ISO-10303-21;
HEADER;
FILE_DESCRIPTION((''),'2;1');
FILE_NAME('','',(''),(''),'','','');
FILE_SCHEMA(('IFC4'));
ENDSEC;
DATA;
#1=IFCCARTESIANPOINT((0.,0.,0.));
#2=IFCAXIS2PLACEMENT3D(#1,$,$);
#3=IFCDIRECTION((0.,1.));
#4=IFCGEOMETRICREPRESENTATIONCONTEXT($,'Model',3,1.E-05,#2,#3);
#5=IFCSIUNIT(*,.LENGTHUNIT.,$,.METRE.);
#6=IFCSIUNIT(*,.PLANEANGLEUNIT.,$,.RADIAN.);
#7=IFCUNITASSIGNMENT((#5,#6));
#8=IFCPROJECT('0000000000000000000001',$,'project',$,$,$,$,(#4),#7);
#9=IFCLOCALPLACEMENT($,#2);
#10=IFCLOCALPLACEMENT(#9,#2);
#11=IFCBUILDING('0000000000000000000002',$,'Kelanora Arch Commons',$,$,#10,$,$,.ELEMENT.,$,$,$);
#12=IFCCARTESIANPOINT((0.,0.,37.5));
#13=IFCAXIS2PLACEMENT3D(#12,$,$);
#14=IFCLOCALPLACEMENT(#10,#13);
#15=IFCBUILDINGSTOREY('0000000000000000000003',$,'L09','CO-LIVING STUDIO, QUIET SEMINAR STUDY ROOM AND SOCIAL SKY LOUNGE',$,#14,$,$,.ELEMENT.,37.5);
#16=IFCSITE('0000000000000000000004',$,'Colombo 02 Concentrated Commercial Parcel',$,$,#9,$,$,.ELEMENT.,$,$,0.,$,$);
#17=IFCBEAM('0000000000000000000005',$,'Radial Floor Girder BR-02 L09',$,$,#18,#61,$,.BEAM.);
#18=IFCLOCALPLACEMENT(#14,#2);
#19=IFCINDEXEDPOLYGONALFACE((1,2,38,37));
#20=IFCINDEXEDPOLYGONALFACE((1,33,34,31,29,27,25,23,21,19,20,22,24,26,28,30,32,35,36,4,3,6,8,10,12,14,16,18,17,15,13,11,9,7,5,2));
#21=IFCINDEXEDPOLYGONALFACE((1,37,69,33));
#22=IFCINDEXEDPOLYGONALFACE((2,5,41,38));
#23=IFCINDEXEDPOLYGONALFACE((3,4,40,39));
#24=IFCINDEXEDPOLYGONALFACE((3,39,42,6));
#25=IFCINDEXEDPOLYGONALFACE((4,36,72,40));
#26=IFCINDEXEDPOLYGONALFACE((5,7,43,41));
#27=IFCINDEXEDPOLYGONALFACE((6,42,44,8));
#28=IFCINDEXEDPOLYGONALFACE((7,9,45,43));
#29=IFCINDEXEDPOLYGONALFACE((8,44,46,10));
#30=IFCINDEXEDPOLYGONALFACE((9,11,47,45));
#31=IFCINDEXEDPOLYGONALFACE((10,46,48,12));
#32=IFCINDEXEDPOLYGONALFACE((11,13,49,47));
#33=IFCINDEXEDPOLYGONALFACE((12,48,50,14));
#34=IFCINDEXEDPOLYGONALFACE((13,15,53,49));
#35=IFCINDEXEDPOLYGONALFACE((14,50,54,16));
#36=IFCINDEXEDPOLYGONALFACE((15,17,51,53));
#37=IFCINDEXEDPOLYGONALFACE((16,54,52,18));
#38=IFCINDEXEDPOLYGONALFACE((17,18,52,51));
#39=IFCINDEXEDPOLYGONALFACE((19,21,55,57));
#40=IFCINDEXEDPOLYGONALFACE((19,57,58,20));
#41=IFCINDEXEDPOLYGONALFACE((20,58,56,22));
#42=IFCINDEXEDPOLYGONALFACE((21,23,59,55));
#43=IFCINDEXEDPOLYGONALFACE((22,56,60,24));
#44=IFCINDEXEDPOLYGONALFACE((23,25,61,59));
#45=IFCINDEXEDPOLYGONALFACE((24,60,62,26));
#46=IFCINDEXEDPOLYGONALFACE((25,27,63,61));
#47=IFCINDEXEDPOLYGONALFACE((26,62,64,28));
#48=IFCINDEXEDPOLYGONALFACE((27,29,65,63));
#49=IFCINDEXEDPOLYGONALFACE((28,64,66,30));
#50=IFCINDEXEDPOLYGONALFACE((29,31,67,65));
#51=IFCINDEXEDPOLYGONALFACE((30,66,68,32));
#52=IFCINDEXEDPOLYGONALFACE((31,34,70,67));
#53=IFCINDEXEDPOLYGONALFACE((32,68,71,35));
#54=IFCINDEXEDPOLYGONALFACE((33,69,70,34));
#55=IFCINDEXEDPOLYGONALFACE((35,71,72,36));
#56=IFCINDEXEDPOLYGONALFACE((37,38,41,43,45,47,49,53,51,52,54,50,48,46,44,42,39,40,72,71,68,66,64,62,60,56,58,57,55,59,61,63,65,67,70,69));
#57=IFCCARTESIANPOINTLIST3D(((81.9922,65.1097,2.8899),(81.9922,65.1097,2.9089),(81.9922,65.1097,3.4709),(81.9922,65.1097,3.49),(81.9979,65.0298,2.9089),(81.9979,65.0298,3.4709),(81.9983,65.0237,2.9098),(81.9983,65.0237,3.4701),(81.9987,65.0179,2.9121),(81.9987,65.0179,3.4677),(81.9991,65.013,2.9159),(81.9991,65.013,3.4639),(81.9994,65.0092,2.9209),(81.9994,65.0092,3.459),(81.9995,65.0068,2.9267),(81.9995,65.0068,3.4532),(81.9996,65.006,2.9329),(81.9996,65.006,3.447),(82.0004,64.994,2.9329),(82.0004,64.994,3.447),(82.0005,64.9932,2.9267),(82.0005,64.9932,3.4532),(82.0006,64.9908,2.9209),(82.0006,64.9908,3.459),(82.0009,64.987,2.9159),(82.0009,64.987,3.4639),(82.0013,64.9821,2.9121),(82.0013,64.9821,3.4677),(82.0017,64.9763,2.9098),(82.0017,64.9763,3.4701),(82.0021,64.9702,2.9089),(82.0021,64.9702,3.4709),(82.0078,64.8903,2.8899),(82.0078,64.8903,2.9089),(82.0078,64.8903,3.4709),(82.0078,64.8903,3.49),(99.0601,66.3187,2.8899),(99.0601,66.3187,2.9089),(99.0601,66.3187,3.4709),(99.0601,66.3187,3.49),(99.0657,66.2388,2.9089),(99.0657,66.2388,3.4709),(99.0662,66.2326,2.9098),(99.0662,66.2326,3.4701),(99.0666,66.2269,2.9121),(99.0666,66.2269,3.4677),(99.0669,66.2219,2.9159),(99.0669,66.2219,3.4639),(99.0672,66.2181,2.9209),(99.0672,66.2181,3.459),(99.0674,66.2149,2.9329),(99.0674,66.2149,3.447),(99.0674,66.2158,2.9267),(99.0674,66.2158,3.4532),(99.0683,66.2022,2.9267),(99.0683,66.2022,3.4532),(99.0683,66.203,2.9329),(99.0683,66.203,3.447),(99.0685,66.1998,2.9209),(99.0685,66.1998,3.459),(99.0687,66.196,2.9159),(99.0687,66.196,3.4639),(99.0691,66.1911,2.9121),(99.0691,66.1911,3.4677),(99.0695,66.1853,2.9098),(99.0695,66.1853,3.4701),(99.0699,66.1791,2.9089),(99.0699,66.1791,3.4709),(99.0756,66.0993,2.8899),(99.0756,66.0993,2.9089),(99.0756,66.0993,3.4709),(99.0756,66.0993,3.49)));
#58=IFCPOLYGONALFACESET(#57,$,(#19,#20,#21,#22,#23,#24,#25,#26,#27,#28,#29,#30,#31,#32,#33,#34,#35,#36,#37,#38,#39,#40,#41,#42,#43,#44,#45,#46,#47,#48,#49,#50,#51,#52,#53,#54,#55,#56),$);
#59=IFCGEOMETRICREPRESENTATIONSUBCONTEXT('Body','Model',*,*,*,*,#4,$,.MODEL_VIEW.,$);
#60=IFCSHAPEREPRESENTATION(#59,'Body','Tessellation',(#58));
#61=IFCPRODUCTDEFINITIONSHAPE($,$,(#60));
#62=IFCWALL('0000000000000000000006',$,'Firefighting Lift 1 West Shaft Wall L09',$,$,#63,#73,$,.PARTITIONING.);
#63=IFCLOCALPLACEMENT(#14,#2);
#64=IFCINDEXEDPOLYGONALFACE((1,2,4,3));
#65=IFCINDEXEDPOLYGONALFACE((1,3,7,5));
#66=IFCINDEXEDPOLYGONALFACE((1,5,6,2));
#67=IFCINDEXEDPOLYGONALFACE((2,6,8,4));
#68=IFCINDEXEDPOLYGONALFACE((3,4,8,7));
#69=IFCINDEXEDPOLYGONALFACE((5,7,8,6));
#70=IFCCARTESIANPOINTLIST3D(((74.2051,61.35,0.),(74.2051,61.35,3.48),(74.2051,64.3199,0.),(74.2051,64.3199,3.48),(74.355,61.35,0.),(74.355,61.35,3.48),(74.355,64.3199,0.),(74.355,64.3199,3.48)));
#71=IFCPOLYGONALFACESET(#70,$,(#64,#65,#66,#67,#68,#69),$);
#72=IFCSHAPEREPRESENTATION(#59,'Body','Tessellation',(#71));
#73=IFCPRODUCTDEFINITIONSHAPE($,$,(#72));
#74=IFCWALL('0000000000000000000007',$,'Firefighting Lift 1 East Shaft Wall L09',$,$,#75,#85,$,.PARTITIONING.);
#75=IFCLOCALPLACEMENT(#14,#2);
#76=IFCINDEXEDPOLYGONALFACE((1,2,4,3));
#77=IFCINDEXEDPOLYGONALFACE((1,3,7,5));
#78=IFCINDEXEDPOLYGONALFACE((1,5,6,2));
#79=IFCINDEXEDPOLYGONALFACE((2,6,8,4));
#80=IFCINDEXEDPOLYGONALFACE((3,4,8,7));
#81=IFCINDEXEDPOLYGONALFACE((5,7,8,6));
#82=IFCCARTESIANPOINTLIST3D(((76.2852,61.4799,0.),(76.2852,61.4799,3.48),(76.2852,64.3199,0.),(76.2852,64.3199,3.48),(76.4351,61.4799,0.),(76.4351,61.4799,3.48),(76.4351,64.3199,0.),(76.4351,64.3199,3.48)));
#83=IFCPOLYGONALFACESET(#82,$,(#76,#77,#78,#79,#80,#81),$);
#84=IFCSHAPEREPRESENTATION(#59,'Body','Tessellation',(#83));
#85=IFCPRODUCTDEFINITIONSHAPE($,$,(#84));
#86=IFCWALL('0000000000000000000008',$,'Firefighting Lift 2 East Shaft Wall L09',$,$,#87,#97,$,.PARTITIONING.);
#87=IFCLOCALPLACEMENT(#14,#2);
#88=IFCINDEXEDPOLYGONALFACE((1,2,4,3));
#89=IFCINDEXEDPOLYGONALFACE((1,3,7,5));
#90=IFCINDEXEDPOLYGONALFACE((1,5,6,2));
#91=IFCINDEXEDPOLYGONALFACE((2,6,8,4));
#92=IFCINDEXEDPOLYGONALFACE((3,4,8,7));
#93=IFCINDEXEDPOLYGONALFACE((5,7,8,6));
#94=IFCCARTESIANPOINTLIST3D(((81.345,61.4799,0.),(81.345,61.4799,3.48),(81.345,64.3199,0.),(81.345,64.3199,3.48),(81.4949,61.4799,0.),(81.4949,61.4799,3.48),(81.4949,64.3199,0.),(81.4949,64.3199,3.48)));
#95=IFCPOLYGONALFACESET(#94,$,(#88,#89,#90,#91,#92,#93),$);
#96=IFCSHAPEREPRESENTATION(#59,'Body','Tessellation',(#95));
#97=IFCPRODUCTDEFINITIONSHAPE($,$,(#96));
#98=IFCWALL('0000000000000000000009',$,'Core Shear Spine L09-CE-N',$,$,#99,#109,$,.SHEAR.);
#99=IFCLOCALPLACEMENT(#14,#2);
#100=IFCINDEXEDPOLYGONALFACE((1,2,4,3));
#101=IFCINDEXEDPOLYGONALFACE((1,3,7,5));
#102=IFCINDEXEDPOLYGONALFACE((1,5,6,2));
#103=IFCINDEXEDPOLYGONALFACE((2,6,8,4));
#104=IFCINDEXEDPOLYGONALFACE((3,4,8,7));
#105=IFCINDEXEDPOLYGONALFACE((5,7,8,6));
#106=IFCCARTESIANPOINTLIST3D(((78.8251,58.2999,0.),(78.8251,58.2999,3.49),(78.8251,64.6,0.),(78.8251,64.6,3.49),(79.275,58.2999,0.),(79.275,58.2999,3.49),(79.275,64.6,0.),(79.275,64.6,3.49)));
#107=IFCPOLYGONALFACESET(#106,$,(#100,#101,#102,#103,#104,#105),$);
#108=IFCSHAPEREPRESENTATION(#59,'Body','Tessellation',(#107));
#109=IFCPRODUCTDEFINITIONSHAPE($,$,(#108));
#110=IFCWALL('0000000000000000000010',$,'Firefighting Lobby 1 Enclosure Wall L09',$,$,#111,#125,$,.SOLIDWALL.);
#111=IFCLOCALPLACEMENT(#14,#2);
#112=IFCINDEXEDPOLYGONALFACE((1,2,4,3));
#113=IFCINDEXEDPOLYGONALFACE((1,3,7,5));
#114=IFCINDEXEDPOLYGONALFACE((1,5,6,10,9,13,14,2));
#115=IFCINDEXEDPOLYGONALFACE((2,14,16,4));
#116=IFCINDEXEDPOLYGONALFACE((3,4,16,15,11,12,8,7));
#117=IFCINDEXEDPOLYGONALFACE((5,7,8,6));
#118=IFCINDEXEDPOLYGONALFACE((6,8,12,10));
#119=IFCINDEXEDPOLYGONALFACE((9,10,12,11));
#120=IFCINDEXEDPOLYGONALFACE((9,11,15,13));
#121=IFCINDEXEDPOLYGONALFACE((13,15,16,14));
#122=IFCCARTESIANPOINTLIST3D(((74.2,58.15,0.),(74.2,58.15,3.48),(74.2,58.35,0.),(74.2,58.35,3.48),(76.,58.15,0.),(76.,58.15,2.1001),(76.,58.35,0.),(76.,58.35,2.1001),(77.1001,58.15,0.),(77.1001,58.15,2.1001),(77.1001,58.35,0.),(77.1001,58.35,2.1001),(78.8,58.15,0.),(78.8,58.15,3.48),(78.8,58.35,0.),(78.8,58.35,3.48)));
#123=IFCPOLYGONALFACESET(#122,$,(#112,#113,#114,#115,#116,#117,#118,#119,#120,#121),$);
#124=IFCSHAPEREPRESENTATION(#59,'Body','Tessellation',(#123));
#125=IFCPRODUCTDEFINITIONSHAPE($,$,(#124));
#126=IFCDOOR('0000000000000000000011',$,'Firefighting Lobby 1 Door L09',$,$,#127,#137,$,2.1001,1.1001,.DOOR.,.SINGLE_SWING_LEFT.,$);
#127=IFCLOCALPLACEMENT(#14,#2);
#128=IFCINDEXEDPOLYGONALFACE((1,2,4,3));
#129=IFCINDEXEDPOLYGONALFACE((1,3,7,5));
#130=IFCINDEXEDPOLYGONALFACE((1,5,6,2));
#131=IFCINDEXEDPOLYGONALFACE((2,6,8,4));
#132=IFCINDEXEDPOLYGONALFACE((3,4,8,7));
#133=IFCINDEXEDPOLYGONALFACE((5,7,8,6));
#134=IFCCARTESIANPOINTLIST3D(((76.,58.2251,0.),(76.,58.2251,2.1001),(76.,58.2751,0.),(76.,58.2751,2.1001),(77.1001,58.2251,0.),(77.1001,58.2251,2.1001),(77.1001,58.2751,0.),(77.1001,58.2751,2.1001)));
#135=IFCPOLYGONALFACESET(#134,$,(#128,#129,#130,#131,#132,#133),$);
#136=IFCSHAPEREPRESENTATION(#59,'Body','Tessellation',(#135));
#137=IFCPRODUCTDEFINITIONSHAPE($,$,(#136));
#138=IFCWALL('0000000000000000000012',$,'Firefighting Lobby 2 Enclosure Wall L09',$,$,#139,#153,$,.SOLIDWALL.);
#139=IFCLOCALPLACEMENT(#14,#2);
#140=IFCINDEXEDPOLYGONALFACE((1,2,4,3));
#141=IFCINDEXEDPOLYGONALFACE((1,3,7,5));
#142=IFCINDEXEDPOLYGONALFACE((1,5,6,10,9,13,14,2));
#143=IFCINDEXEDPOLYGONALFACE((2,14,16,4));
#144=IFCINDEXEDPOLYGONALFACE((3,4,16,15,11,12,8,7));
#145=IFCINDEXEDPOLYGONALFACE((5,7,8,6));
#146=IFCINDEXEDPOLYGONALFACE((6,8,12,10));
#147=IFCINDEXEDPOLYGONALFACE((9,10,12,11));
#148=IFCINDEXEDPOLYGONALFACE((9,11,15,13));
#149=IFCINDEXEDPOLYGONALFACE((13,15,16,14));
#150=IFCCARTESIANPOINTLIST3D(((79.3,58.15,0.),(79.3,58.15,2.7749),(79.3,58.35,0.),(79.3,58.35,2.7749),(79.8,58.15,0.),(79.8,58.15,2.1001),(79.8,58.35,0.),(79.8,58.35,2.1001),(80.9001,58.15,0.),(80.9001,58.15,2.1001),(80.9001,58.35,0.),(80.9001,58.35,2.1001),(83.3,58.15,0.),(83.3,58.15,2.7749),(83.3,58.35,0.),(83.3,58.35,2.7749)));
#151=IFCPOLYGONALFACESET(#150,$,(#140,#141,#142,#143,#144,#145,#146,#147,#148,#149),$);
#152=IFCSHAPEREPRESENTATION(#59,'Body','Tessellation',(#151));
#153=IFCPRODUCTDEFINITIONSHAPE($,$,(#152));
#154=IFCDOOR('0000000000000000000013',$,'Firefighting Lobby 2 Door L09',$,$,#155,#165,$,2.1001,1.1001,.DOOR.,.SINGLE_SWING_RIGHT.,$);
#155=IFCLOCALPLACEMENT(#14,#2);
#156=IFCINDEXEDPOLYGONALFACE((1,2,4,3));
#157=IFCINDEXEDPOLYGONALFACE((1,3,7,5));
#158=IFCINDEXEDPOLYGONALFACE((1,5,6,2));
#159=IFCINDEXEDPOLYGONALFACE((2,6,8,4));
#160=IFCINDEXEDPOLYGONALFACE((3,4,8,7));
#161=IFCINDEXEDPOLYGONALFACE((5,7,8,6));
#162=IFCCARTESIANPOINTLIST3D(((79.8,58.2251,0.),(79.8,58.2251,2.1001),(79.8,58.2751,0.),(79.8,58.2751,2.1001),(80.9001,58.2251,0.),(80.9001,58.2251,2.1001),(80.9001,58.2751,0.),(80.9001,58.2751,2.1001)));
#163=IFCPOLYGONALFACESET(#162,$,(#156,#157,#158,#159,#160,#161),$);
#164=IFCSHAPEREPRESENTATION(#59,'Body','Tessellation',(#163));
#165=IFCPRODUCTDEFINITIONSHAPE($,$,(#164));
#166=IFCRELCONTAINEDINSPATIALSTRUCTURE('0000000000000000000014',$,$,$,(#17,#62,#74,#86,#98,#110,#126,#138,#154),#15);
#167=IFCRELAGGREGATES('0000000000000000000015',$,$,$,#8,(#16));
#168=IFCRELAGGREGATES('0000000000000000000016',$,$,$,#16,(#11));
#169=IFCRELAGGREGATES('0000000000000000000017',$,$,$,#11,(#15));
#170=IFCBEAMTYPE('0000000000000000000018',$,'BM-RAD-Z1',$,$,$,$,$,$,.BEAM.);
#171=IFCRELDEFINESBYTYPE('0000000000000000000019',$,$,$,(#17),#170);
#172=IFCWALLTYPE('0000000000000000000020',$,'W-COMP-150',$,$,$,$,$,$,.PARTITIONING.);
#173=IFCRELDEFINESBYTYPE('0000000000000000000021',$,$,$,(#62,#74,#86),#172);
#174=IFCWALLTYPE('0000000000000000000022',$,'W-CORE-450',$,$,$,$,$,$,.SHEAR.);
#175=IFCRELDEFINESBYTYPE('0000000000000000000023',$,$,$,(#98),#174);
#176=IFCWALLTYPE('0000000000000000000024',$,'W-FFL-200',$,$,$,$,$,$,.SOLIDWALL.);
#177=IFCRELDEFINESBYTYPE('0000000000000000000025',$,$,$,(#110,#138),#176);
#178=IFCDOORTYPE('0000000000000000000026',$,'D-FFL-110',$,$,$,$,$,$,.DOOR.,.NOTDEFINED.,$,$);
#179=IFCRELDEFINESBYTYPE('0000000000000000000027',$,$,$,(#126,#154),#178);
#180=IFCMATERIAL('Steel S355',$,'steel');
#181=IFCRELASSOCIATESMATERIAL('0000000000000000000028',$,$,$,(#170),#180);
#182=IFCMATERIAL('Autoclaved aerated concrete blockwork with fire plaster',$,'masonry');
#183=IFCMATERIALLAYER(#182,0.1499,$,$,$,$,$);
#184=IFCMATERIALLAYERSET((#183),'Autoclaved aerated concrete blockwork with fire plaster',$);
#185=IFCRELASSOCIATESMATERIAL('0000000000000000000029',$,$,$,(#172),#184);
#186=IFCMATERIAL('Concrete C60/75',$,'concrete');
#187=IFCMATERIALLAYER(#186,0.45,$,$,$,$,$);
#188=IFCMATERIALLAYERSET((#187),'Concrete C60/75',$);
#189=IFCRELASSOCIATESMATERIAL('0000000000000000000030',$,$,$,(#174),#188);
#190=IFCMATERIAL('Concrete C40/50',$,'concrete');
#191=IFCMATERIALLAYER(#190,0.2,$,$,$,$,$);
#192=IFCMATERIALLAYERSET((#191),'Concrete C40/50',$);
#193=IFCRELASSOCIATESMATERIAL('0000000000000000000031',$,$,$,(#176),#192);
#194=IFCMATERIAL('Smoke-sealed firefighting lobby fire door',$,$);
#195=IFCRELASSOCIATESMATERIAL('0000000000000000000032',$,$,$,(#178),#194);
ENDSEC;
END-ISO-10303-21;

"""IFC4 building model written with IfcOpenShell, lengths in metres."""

from ifc_helpers import new_model, si_unit, direction, frame, frame_2d, origin, origin_2d, place, context, subcontext, project, spatial, rectangle, i_section, extrude, material, layer, layer_set, material_profile, profile_set, type_object, element, fill, save


model = new_model("IFC4")

# Units and contexts
model_context = context("Model", 3, precision=1e-05, world=origin(), true_north=direction((0.0, 1.0)))
body_context = subcontext(model_context, "Body", "Model", "MODEL_VIEW")
ifc_project = project(units=[si_unit("LENGTHUNIT", "METRE"), si_unit("PLANEANGLEUNIT", "RADIAN")], contexts=[model_context])

# Site, building, storey
site_placement = place(None, origin())
site = spatial("IfcSite", under=ifc_project, at=site_placement, Name="Colombo 02 Concentrated Commercial Parcel", CompositionType="ELEMENT", RefElevation=0.0)
building_placement = place(site_placement, origin())
building = spatial("IfcBuilding", under=site, at=building_placement, Name="Kelanora Arch Commons", CompositionType="ELEMENT")
storey_placement = place(building_placement, frame((0.0, 0.0, 37.5)))
storey = spatial("IfcBuildingStorey", under=building, at=storey_placement, Name="L09", Description="CO-LIVING STUDIO, QUIET SEMINAR STUDY ROOM AND SOCIAL SKY LOUNGE", CompositionType="ELEMENT", Elevation=37.5)

# Shared definitions
ifc_material_1 = material(Name="Concrete C60/75", Category="concrete")

# Beam
ifc_material_2 = material(Name="Steel S355", Category="steel")
ifc_material_profile_1 = material_profile(ifc_material_2, i_section(OverallWidth=0.22, OverallDepth=0.6001, WebThickness=0.012, FlangeThickness=0.019, FilletRadius=0.0239, at=origin_2d()), Name="IPE600")
ifc_profile_set_1 = profile_set([ifc_material_profile_1], Name="Steel S355")
beam_type_1 = type_object("IfcBeamType", Name="BM-RAD-Z1", PredefinedType="BEAM", material=ifc_profile_set_1)
beam_1_placement = place(storey_placement, frame((82.0, 65.0, 3.1899), z_axis=(0.997501, 0.070657, 0.0), x_axis=(-0.070657, 0.997501, 0.0)))
element("IfcBeam", 1, at=beam_1_placement, inside=storey, type_object=beam_type_1, Name="Radial Floor Girder BR-02 L09", PredefinedType="BEAM", context=body_context, shape_type="SweptSolid", body=[
    extrude(i_section(OverallWidth=0.22, OverallDepth=0.6001, WebThickness=0.012, FlangeThickness=0.019, FilletRadius=0.0239, at=origin_2d()), origin(), (0.0, 0.0, 1.0), 17.1106),
])

# Walls
ifc_material_3 = material(Name="Autoclaved aerated concrete blockwork with fire plaster", Category="masonry")
ifc_layer_1 = layer(ifc_material_3, 0.1499)
ifc_layer_set_1 = layer_set([ifc_layer_1], Name="Autoclaved aerated concrete blockwork with fire plaster")
wall_type_1 = type_object("IfcWallType", Name="W-COMP-150", PredefinedType="PARTITIONING", material=ifc_layer_set_1)
wall_1_placement = place(storey_placement, frame((74.28, 61.3501, 0.0), z_axis=(0.0, 0.0, 1.0), x_axis=(0.0, 1.0, 0.0)))
element("IfcWall", 2, at=wall_1_placement, inside=storey, type_object=wall_type_1, Name="Firefighting Lift 1 West Shaft Wall L09", PredefinedType="PARTITIONING", context=body_context, shape_type="SweptSolid", body=[
    extrude(rectangle(XDim=2.97, YDim=0.1499, at=frame_2d((1.4849, 0.0))), origin(), (0.0, 0.0, 1.0), 3.48),
])
for number, where, z_axis, x_axis, name in (
    (3, (76.3601, 61.48, 0.0), (0.0, 0.0, 1.0), (0.0, 1.0, 0.0), "Firefighting Lift 1 East Shaft Wall L09"),
    (4, (81.4199, 61.48, 0.0), (0.0, 0.0, 1.0), (0.0, 1.0, 0.0), "Firefighting Lift 2 East Shaft Wall L09"),
):
    element("IfcWall", number, at=place(storey_placement, frame(where, z_axis=z_axis, x_axis=x_axis)), inside=storey, type_object=wall_type_1, Name=name, PredefinedType="PARTITIONING", context=body_context, shape_type="SweptSolid", body=[
        extrude(rectangle(XDim=2.8401, YDim=0.1499, at=frame_2d((1.4199, 0.0))), origin(), (0.0, 0.0, 1.0), 3.48),
    ])
ifc_layer_2 = layer(ifc_material_1, 0.45)
ifc_layer_set_2 = layer_set([ifc_layer_2], Name="Concrete C60/75")
wall_type_2 = type_object("IfcWallType", Name="W-CORE-450", PredefinedType="SHEAR", material=ifc_layer_set_2)
wall_2_placement = place(storey_placement, frame((79.05, 58.3, 0.0), z_axis=(0.0, 0.0, 1.0), x_axis=(0.0, 1.0, 0.0)))
element("IfcWall", 5, at=wall_2_placement, inside=storey, type_object=wall_type_2, Name="Core Shear Spine L09-CE-N", PredefinedType="SHEAR", context=body_context, shape_type="SweptSolid", body=[
    extrude(rectangle(XDim=6.3, YDim=0.45, at=frame_2d((3.1499, 0.0))), origin(), (0.0, 0.0, 1.0), 3.49),
])

# Walls, openings, doors
ifc_material_4 = material(Name="Concrete C40/50", Category="concrete")
ifc_layer_3 = layer(ifc_material_4, 0.2)
ifc_layer_set_3 = layer_set([ifc_layer_3], Name="Concrete C40/50")
wall_type_3 = type_object("IfcWallType", Name="W-FFL-200", PredefinedType="SOLIDWALL", material=ifc_layer_set_3)
wall_3_placement = place(storey_placement, frame((74.2, 58.25, 0.0), z_axis=(0.0, 0.0, 1.0), x_axis=(1.0, 0.0, 0.0)))
wall_3 = element("IfcWall", 6, at=wall_3_placement, inside=storey, type_object=wall_type_3, Name="Firefighting Lobby 1 Enclosure Wall L09", PredefinedType="SOLIDWALL", context=body_context, shape_type="SweptSolid", body=[
    extrude(rectangle(XDim=4.6001, YDim=0.2, at=frame_2d((2.3, 0.0))), origin(), (0.0, 0.0, 1.0), 3.48),
])
opening_1_placement = place(wall_3_placement, frame((1.8, 0.0, 0.0)))
opening_1 = element("IfcOpeningElement", 7, at=opening_1_placement, cuts=wall_3, PredefinedType="OPENING", context=body_context, shape_type="SweptSolid", body=[
    extrude(rectangle(XDim=1.1001, YDim=2.1001, at=frame_2d((0.55, 1.05))), frame((0.0, 0.1099, 0.0), z_axis=(0.0, -1.0, 0.0), x_axis=(1.0, 0.0, 0.0)), (0.0, 0.0, 1.0), 0.22),
])
ifc_material_5 = material(Name="Smoke-sealed firefighting lobby fire door")
door_type_1 = type_object("IfcDoorType", Name="D-FFL-110", OperationType="NOTDEFINED", PredefinedType="DOOR", material=ifc_material_5)
door_1_placement = place(opening_1_placement, frame((1.1001, 0.0, 0.0), z_axis=(0.0, 0.0, 1.0), x_axis=(-1.0, 0.0, 0.0)))
door_1 = element("IfcDoor", 8, at=door_1_placement, inside=storey, type_object=door_type_1, Name="Firefighting Lobby 1 Door L09", OperationType="SINGLE_SWING_LEFT", OverallHeight=2.1001, OverallWidth=1.1001, PredefinedType="DOOR", context=body_context, shape_type="SweptSolid", body=[
    extrude(rectangle(XDim=1.1001, YDim=2.1001, at=frame_2d((0.55, 1.05))), frame((0.0, 0.0249, 0.0), z_axis=(0.0, -1.0, 0.0), x_axis=(1.0, 0.0, 0.0)), (0.0, 0.0, 1.0), 0.05),
])
fill(opening_1, door_1)
wall_4_placement = place(storey_placement, frame((79.3, 58.25, 0.0), z_axis=(0.0, 0.0, 1.0), x_axis=(1.0, 0.0, 0.0)))
wall_4 = element("IfcWall", 9, at=wall_4_placement, inside=storey, type_object=wall_type_3, Name="Firefighting Lobby 2 Enclosure Wall L09", PredefinedType="SOLIDWALL", context=body_context, shape_type="SweptSolid", body=[
    extrude(rectangle(XDim=4.0, YDim=0.2, at=frame_2d((2.0, 0.0))), origin(), (0.0, 0.0, 1.0), 2.7749),
])
opening_2_placement = place(wall_4_placement, frame((0.5, 0.0, 0.0)))
opening_2 = element("IfcOpeningElement", 10, at=opening_2_placement, cuts=wall_4, PredefinedType="OPENING", context=body_context, shape_type="SweptSolid", body=[
    extrude(rectangle(XDim=1.1001, YDim=2.1001, at=frame_2d((0.55, 1.05))), frame((0.0, 0.1099, 0.0), z_axis=(0.0, -1.0, 0.0), x_axis=(1.0, 0.0, 0.0)), (0.0, 0.0, 1.0), 0.22),
])
door_2_placement = place(opening_2_placement, frame((1.1001, 0.0, 0.0), z_axis=(0.0, 0.0, 1.0), x_axis=(-1.0, 0.0, 0.0)))
door_2 = element("IfcDoor", 11, at=door_2_placement, inside=storey, type_object=door_type_1, Name="Firefighting Lobby 2 Door L09", OperationType="SINGLE_SWING_RIGHT", OverallHeight=2.1001, OverallWidth=1.1001, PredefinedType="DOOR", context=body_context, shape_type="SweptSolid", body=[
    extrude(rectangle(XDim=1.1001, YDim=2.1001, at=frame_2d((0.55, 1.05))), frame((0.0, 0.0249, 0.0), z_axis=(0.0, -1.0, 0.0), x_axis=(1.0, 0.0, 0.0)), (0.0, 0.0, 1.0), 0.05),
])
fill(opening_2, door_2)

save(model, "model.ifc")
